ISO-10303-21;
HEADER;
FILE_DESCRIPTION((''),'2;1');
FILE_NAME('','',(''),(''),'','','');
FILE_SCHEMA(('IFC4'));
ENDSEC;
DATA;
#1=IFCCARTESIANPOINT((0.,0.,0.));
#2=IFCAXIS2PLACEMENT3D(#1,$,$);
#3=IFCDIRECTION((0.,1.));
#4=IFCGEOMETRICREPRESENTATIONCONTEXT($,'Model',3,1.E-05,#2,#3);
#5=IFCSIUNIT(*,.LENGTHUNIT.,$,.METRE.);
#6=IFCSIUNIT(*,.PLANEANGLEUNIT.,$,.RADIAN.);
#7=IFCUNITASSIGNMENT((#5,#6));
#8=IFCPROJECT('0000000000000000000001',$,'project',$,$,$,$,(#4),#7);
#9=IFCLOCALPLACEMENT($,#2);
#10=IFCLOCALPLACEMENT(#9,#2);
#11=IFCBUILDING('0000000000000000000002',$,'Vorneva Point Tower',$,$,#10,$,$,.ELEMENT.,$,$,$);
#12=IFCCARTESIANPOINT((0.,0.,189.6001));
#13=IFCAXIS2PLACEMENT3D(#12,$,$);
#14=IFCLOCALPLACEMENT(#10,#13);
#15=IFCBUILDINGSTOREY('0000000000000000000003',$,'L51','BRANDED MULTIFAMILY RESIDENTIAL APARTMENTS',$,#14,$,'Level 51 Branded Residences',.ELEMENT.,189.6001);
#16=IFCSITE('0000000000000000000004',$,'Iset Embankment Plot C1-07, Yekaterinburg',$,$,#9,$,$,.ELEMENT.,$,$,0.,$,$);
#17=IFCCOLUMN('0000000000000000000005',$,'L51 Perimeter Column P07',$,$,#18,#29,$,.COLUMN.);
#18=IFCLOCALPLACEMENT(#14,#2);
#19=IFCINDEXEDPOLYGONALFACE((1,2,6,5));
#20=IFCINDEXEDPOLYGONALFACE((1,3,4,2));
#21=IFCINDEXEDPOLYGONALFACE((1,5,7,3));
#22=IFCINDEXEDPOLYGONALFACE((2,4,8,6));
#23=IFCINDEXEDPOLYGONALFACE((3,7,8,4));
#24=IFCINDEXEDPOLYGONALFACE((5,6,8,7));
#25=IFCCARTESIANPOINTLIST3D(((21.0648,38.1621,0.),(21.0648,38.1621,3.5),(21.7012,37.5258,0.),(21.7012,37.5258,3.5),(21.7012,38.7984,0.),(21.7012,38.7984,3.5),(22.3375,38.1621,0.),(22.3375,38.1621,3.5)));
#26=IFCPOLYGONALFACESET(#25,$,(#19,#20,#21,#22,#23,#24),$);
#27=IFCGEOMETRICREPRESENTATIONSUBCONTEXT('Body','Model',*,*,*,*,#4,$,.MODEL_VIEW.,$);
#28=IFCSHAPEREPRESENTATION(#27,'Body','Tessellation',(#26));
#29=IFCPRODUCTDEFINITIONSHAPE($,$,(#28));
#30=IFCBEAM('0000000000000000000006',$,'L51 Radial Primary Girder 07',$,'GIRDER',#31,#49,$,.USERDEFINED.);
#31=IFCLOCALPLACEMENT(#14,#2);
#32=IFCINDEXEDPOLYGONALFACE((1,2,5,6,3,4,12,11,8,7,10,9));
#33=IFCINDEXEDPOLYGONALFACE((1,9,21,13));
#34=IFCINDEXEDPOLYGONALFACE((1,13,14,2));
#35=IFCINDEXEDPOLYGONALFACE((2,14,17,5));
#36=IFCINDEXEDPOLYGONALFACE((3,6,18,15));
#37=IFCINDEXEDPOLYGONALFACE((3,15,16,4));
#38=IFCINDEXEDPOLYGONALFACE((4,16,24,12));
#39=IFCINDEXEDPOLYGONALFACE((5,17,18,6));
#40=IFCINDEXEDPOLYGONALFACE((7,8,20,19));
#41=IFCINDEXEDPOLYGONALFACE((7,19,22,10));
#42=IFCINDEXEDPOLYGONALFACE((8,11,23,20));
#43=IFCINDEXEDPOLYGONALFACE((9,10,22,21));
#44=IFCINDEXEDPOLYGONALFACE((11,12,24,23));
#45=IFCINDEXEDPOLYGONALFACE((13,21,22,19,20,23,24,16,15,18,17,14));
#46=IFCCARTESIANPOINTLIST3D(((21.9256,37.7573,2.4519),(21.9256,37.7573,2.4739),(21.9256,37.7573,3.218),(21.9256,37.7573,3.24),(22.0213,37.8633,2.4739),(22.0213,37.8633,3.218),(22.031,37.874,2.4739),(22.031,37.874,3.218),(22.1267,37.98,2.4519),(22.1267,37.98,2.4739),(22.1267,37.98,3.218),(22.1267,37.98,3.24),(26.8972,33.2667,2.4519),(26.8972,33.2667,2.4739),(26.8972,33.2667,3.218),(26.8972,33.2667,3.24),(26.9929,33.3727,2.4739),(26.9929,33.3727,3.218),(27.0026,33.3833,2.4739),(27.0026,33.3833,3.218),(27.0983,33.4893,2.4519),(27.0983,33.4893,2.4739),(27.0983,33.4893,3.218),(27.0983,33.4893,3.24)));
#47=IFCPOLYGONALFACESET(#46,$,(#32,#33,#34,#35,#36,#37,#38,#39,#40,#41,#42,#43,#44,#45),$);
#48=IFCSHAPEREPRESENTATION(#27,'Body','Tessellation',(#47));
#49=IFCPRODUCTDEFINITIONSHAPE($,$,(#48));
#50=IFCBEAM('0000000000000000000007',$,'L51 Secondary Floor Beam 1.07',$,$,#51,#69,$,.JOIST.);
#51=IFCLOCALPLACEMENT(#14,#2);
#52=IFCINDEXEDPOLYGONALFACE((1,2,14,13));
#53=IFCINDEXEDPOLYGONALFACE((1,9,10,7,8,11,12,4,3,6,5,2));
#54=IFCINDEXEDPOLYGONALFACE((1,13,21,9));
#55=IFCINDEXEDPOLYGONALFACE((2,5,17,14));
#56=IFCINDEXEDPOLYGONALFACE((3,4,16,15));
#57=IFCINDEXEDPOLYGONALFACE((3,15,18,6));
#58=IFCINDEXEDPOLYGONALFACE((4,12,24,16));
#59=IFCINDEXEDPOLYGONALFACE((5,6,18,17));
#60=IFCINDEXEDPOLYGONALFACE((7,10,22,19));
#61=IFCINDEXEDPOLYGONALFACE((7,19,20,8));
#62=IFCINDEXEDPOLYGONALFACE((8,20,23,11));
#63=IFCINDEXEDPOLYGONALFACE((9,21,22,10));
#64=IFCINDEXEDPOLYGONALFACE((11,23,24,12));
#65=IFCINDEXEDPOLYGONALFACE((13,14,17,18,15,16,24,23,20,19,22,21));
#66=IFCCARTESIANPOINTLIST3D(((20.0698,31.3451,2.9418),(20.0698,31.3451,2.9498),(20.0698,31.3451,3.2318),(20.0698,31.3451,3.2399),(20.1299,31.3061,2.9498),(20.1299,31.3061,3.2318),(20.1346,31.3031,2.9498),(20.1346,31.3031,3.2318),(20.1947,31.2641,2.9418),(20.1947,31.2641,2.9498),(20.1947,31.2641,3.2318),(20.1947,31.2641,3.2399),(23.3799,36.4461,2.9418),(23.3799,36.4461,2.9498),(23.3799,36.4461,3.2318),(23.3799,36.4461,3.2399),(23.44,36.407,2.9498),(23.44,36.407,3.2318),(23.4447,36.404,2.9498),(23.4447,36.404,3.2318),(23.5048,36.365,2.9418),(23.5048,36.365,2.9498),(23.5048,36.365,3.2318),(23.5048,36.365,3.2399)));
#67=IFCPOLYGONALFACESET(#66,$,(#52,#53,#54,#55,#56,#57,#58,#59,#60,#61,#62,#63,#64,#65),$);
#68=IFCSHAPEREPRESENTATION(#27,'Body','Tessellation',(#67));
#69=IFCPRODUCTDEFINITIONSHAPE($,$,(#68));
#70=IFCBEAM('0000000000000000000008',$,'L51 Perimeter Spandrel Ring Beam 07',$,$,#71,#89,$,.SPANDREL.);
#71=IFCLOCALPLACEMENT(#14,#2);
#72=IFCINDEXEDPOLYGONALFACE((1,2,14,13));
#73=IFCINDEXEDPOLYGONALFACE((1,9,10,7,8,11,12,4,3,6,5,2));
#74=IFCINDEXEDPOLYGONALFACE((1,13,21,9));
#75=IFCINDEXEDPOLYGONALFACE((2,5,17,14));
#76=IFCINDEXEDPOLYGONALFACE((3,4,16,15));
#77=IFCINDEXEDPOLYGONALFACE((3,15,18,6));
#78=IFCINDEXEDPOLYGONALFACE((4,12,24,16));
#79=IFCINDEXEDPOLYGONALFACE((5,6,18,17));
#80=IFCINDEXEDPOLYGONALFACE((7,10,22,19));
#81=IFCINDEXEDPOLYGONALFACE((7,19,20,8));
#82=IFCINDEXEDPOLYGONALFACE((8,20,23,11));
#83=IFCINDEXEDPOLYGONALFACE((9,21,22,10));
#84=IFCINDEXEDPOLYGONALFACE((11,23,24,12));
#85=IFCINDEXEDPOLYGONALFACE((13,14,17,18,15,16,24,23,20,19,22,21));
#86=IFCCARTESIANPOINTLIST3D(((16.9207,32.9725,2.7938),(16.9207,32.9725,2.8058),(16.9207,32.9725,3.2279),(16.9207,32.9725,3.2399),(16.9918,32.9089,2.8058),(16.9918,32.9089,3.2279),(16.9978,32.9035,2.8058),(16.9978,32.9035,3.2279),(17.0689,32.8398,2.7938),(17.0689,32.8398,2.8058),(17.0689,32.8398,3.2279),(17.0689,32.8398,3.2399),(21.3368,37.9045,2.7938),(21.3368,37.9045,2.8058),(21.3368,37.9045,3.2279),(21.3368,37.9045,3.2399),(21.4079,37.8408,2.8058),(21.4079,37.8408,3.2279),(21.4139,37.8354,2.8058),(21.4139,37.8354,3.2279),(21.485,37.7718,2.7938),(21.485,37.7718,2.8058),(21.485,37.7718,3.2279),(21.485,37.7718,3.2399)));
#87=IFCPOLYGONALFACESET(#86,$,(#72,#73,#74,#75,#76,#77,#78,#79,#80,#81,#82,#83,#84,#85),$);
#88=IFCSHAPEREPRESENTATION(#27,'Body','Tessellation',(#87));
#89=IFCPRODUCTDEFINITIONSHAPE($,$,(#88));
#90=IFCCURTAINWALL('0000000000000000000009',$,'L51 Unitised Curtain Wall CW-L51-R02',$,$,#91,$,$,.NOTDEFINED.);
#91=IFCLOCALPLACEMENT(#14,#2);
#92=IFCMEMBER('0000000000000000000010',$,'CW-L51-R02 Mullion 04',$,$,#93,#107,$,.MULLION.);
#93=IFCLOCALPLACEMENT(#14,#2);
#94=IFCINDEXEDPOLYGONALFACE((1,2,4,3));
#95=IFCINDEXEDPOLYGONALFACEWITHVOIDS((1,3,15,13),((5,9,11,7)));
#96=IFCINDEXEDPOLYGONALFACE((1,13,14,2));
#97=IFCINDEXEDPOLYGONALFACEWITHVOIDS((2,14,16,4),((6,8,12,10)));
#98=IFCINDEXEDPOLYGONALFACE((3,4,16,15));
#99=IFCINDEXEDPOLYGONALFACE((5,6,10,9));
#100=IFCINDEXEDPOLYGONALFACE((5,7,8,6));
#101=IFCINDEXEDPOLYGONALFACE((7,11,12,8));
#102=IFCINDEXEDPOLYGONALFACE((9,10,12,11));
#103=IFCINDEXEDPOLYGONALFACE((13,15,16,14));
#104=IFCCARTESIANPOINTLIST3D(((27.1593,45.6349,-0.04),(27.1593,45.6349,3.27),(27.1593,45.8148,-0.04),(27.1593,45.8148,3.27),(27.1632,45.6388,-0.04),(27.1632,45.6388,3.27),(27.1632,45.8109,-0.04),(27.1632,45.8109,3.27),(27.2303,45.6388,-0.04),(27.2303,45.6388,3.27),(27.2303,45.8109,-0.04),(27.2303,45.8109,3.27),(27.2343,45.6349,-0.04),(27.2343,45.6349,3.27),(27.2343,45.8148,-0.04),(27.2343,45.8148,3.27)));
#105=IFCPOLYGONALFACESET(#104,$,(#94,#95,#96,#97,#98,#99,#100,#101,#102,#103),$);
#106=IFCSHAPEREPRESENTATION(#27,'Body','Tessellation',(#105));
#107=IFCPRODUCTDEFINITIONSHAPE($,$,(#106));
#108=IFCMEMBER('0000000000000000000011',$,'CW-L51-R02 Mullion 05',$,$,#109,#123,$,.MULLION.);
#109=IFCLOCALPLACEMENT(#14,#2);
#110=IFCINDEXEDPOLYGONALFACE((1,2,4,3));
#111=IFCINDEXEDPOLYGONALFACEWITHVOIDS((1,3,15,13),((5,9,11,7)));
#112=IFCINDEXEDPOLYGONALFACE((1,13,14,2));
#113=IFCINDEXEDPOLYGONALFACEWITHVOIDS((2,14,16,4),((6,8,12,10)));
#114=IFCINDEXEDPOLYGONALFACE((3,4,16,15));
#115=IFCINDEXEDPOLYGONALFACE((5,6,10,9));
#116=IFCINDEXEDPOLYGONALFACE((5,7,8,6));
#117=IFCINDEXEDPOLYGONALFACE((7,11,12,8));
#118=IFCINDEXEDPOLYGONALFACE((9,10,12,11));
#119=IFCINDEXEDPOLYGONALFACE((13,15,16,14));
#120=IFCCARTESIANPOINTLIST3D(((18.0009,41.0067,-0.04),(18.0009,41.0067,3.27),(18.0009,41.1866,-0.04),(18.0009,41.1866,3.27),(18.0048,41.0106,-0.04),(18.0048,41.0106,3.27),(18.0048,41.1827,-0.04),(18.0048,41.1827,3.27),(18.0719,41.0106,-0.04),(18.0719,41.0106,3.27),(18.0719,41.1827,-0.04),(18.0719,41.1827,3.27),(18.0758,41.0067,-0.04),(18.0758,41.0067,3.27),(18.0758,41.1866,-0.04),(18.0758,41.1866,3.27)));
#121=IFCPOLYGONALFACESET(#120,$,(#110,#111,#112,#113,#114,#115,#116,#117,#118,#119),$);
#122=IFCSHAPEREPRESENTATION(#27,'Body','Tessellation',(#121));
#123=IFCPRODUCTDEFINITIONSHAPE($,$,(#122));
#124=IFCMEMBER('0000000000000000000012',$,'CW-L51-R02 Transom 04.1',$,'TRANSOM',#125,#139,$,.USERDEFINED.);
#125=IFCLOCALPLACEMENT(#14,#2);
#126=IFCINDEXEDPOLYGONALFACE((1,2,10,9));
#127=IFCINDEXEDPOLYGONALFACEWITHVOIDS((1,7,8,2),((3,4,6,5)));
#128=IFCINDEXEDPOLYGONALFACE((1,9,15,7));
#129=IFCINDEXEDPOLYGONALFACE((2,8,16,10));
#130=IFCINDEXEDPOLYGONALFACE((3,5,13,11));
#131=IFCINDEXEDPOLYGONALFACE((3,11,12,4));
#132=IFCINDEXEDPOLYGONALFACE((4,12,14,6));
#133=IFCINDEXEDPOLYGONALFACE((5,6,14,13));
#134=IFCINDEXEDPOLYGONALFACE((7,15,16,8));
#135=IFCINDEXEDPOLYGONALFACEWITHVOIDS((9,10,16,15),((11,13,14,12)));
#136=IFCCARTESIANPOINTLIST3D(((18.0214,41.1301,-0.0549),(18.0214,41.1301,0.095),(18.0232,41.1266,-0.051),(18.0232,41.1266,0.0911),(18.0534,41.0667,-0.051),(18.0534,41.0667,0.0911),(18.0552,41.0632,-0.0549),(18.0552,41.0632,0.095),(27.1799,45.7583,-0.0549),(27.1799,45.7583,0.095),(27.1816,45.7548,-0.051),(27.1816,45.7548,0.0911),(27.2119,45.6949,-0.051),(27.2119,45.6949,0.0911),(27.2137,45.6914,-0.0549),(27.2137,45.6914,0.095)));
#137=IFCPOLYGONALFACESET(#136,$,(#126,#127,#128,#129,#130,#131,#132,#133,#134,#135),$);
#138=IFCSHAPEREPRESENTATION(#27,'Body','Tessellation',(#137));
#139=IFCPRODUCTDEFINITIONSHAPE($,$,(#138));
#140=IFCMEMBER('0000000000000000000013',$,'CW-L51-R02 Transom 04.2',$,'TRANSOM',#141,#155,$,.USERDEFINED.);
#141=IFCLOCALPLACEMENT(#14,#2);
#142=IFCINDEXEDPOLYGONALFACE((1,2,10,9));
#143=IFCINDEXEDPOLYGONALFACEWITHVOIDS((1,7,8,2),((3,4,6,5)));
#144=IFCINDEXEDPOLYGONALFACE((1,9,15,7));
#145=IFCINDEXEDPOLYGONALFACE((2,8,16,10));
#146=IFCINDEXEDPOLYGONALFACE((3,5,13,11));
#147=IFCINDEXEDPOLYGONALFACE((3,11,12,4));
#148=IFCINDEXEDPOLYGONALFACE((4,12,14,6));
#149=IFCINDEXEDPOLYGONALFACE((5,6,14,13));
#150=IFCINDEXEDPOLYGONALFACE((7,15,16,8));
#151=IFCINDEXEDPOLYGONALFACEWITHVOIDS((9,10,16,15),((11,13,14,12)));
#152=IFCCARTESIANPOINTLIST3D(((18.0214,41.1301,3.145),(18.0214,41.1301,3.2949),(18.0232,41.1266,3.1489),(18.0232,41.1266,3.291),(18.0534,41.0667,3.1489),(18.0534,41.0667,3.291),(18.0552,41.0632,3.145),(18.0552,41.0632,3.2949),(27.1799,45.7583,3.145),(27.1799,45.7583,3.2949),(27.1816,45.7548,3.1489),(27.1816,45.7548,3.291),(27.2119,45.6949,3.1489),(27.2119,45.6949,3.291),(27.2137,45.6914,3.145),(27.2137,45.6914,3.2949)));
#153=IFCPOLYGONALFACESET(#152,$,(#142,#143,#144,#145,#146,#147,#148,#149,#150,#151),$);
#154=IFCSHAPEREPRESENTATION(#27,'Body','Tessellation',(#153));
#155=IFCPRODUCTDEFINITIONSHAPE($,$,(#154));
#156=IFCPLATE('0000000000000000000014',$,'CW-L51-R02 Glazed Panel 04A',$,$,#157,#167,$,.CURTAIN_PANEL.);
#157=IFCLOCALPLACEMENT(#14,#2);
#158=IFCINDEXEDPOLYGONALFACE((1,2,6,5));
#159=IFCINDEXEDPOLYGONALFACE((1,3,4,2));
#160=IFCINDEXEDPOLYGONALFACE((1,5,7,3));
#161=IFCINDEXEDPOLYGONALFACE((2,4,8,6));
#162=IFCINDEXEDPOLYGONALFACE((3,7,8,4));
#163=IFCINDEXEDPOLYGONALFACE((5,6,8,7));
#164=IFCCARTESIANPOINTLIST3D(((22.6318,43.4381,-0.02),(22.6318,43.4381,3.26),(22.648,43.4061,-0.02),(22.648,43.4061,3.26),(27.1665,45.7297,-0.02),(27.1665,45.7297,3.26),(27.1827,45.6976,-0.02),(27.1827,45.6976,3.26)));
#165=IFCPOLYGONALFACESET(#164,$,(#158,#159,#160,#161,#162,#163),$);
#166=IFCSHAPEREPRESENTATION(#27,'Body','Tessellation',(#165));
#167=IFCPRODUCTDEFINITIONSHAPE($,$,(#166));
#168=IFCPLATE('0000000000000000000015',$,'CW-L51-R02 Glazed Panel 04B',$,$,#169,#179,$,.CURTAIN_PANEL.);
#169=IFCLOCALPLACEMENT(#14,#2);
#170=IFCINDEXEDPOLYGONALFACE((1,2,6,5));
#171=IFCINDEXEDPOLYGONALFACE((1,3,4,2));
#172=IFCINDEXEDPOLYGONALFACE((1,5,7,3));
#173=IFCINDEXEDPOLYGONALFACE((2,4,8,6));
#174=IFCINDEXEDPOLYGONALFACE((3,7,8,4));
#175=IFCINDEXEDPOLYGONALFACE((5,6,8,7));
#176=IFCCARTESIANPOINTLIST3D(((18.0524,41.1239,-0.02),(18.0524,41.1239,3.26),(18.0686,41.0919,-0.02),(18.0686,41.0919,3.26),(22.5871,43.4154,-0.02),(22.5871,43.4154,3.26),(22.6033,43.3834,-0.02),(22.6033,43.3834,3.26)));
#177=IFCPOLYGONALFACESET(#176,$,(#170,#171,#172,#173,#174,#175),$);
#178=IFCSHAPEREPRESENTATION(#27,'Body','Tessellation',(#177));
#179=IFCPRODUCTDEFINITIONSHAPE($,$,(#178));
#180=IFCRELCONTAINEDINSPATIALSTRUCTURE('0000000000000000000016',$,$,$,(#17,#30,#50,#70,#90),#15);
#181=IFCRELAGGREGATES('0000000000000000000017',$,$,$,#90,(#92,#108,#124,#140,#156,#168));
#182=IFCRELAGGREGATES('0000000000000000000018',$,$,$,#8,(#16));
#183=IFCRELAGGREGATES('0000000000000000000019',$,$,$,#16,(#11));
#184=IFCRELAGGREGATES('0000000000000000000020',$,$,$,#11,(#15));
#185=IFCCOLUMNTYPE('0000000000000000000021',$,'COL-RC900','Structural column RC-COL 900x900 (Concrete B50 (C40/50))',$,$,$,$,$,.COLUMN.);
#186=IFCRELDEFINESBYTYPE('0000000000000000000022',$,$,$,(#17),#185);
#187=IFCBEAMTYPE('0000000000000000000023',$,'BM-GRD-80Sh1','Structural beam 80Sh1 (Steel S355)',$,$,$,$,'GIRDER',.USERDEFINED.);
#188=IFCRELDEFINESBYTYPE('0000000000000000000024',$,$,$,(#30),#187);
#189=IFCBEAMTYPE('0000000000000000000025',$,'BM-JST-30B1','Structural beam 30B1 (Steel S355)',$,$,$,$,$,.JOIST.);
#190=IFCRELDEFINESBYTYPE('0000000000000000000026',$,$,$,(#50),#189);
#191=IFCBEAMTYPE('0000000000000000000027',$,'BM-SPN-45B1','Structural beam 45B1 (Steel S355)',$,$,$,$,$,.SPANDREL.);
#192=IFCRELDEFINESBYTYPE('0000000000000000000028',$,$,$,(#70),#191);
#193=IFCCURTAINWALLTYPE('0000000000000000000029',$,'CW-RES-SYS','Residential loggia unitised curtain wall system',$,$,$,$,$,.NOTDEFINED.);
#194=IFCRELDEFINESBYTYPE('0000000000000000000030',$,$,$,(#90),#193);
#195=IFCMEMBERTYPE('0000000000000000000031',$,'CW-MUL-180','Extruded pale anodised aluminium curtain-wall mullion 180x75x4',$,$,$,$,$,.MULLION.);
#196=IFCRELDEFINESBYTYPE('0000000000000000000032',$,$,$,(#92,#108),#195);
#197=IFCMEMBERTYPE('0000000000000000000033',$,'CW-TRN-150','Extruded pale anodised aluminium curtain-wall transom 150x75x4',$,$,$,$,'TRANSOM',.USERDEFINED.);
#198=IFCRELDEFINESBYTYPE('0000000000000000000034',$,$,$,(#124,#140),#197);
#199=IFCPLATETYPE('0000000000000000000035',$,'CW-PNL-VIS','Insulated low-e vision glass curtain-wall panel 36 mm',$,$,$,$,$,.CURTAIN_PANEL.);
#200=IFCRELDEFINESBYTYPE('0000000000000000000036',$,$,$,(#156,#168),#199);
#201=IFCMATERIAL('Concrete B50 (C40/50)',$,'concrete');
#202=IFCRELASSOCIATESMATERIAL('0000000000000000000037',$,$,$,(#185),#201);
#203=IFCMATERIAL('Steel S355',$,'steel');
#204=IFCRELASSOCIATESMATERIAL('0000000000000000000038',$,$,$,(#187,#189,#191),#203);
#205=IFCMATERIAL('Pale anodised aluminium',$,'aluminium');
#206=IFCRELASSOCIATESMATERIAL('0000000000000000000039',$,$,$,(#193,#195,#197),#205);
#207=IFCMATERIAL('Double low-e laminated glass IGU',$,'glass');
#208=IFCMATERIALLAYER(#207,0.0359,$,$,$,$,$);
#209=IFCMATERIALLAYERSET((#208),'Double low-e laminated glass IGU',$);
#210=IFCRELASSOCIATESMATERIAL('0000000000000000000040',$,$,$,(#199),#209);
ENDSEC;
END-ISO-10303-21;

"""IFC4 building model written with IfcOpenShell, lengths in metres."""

from ifc_helpers import new_model, si_unit, direction, frame, origin, origin_2d, place, context, subcontext, project, spatial, rectangle, hollow_rectangle, i_section, extrude, material, layer, layer_set, material_profile, profile_set, type_object, element, aggregate, save


model = new_model("IFC4")

# Units and contexts
model_context = context("Model", 3, precision=1e-05, world=origin(), true_north=direction((0.0, 1.0)))
body_context = subcontext(model_context, "Body", "Model", "MODEL_VIEW")
ifc_project = project(units=[si_unit("LENGTHUNIT", "METRE"), si_unit("PLANEANGLEUNIT", "RADIAN")], contexts=[model_context])

# Site, building, storey
site_placement = place(None, origin())
site = spatial("IfcSite", under=ifc_project, at=site_placement, Name="Iset Embankment Plot C1-07, Yekaterinburg", CompositionType="ELEMENT", RefElevation=0.0)
building_placement = place(site_placement, origin())
building = spatial("IfcBuilding", under=site, at=building_placement, Name="Vorneva Point Tower", CompositionType="ELEMENT")
storey_placement = place(building_placement, frame((0.0, 0.0, 189.6001)))
storey = spatial("IfcBuildingStorey", under=building, at=storey_placement, Name="L51", Description="BRANDED MULTIFAMILY RESIDENTIAL APARTMENTS", LongName="Level 51 Branded Residences", CompositionType="ELEMENT", Elevation=189.6001)

# Column
ifc_material_1 = material(Name="Concrete B50 (C40/50)", Category="concrete")
ifc_material_profile_1 = material_profile(ifc_material_1, rectangle(XDim=0.8999, YDim=0.8999, at=origin_2d()), Name="RC-COL 900x900")
ifc_profile_set_1 = profile_set([ifc_material_profile_1], Name="Concrete B50 (C40/50)")
column_type = type_object("IfcColumnType", Name="COL-RC900", Description="Structural column RC-COL 900x900 (Concrete B50 (C40/50))", PredefinedType="COLUMN", material=ifc_profile_set_1)
column_placement = place(storey_placement, frame((21.7012, 38.1621, 0.0), z_axis=(0.0, 0.0, 1.0), x_axis=(-0.707107, 0.707107, 0.0)))
element("IfcColumn", 1, at=column_placement, inside=storey, type_object=column_type, Name="L51 Perimeter Column P07", PredefinedType="COLUMN", context=body_context, shape_type="SweptSolid", body=[
    extrude(rectangle(XDim=0.8999, YDim=0.8999, at=origin_2d()), origin(), (0.0, 0.0, 1.0), 3.5),
])

# Beams
ifc_material_2 = material(Name="Steel S355", Category="steel")
ifc_material_profile_2 = material_profile(ifc_material_2, i_section(OverallWidth=0.3, OverallDepth=0.7881, WebThickness=0.0144, FlangeThickness=0.022, at=origin_2d()), Name="80Sh1")
ifc_profile_set_2 = profile_set([ifc_material_profile_2], Name="Steel S355")
beam_type_1 = type_object("IfcBeamType", Name="BM-GRD-80Sh1", Description="Structural beam 80Sh1 (Steel S355)", ElementType="GIRDER", PredefinedType="USERDEFINED", material=ifc_profile_set_2)
beam_1_placement = place(storey_placement, frame((22.0261, 37.8687, 2.8459), z_axis=(0.74209, -0.670301, 0.0), x_axis=(0.670301, 0.74209, 0.0)))
element("IfcBeam", 2, at=beam_1_placement, inside=storey, type_object=beam_type_1, Name="L51 Radial Primary Girder 07", ObjectType="GIRDER", PredefinedType="USERDEFINED", context=body_context, shape_type="SweptSolid", body=[
    extrude(i_section(OverallWidth=0.3, OverallDepth=0.7881, WebThickness=0.0144, FlangeThickness=0.022, at=origin_2d()), origin(), (0.0, 0.0, 1.0), 6.6995),
])
ifc_material_profile_3 = material_profile(ifc_material_2, i_section(OverallWidth=0.1489, OverallDepth=0.2981, WebThickness=0.0056, FlangeThickness=0.0081, at=origin_2d()), Name="30B1")
ifc_profile_set_3 = profile_set([ifc_material_profile_3], Name="Steel S355")
beam_type_2 = type_object("IfcBeamType", Name="BM-JST-30B1", Description="Structural beam 30B1 (Steel S355)", PredefinedType="JOIST", material=ifc_profile_set_3)
beam_2_placement = place(storey_placement, frame((23.4424, 36.4055, 3.0908), z_axis=(-0.544355, -0.838855, 0.0), x_axis=(0.838855, -0.544355, 0.0)))
element("IfcBeam", 3, at=beam_2_placement, inside=storey, type_object=beam_type_2, Name="L51 Secondary Floor Beam 1.07", PredefinedType="JOIST", context=body_context, shape_type="SweptSolid", body=[
    extrude(i_section(OverallWidth=0.1489, OverallDepth=0.2981, WebThickness=0.0056, FlangeThickness=0.0081, at=origin_2d()), origin(), (0.0, 0.0, 1.0), 6.0808),
])
ifc_material_profile_4 = material_profile(ifc_material_2, i_section(OverallWidth=0.199, OverallDepth=0.446, WebThickness=0.0081, FlangeThickness=0.012, at=origin_2d()), Name="45B1")
ifc_profile_set_4 = profile_set([ifc_material_profile_4], Name="Steel S355")
beam_type_3 = type_object("IfcBeamType", Name="BM-SPN-45B1", Description="Structural beam 45B1 (Steel S355)", PredefinedType="SPANDREL", material=ifc_profile_set_4)
beam_3_placement = place(storey_placement, frame((21.4109, 37.8381, 3.0168), z_axis=(-0.66707, -0.744995, 0.0), x_axis=(0.744995, -0.66707, 0.0)))
element("IfcBeam", 4, at=beam_3_placement, inside=storey, type_object=beam_type_3, Name="L51 Perimeter Spandrel Ring Beam 07", PredefinedType="SPANDREL", context=body_context, shape_type="SweptSolid", body=[
    extrude(i_section(OverallWidth=0.199, OverallDepth=0.446, WebThickness=0.0081, FlangeThickness=0.012, at=origin_2d()), origin(), (0.0, 0.0, 1.0), 6.6201),
])

# Curtain wall, members, plates
ifc_material_3 = material(Name="Pale anodised aluminium", Category="aluminium")
curtain_wall_type = type_object("IfcCurtainWallType", Name="CW-RES-SYS", Description="Residential loggia unitised curtain wall system", PredefinedType="NOTDEFINED", material=ifc_material_3)
curtain_wall_placement = place(storey_placement, origin())
curtain_wall = element("IfcCurtainWall", 5, at=curtain_wall_placement, inside=storey, type_object=curtain_wall_type, Name="L51 Unitised Curtain Wall CW-L51-R02", PredefinedType="NOTDEFINED")
ifc_material_profile_5 = material_profile(ifc_material_3, hollow_rectangle(XDim=0.075, YDim=0.1799, WallThickness=0.0039, at=origin_2d()), Name="AL-MUL 180x75x4")
ifc_profile_set_5 = profile_set([ifc_material_profile_5], Name="Pale anodised aluminium")
member_type_1 = type_object("IfcMemberType", Name="CW-MUL-180", Description="Extruded pale anodised aluminium curtain-wall mullion 180x75x4", PredefinedType="MULLION", material=ifc_profile_set_5)
member_1_placement = place(storey_placement, frame((27.1968, 45.7249, -0.04), z_axis=(0.0, 0.0, 1.0), x_axis=(1.0, 0.0, 0.0)))
member_1 = element("IfcMember", 6, at=member_1_placement, type_object=member_type_1, Name="CW-L51-R02 Mullion 04", PredefinedType="MULLION", context=body_context, shape_type="SweptSolid", body=[
    extrude(hollow_rectangle(XDim=0.075, YDim=0.1799, WallThickness=0.0039, at=origin_2d()), origin(), (0.0, 0.0, 1.0), 3.3101),
])
member_2_placement = place(storey_placement, frame((18.0383, 41.0967, -0.04), z_axis=(0.0, 0.0, 1.0), x_axis=(1.0, 0.0, 0.0)))
member_2 = element("IfcMember", 7, at=member_2_placement, type_object=member_type_1, Name="CW-L51-R02 Mullion 05", PredefinedType="MULLION", context=body_context, shape_type="SweptSolid", body=[
    extrude(hollow_rectangle(XDim=0.075, YDim=0.1799, WallThickness=0.0039, at=origin_2d()), origin(), (0.0, 0.0, 1.0), 3.3101),
])
ifc_material_profile_6 = material_profile(ifc_material_3, hollow_rectangle(XDim=0.075, YDim=0.1499, WallThickness=0.0039, at=origin_2d()), Name="AL-TRN 150x75x4")
ifc_profile_set_6 = profile_set([ifc_material_profile_6], Name="Pale anodised aluminium")
member_type_2 = type_object("IfcMemberType", Name="CW-TRN-150", Description="Extruded pale anodised aluminium curtain-wall transom 150x75x4", ElementType="TRANSOM", PredefinedType="USERDEFINED", material=ifc_profile_set_6)
member_3_placement = place(storey_placement, frame((27.1968, 45.7249, 0.02), z_axis=(-0.892511, -0.451026, 0.0), x_axis=(0.451026, -0.892511, 0.0)))
member_3 = element("IfcMember", 8, at=member_3_placement, type_object=member_type_2, Name="CW-L51-R02 Transom 04.1", ObjectType="TRANSOM", PredefinedType="USERDEFINED", context=body_context, shape_type="SweptSolid", body=[
    extrude(hollow_rectangle(XDim=0.075, YDim=0.1499, WallThickness=0.0039, at=origin_2d()), origin(), (0.0, 0.0, 1.0), 10.2615),
])
member_4_placement = place(storey_placement, frame((27.1968, 45.7249, 3.22), z_axis=(-0.892511, -0.451026, 0.0), x_axis=(0.451026, -0.892511, 0.0)))
member_4 = element("IfcMember", 9, at=member_4_placement, type_object=member_type_2, Name="CW-L51-R02 Transom 04.2", ObjectType="TRANSOM", PredefinedType="USERDEFINED", context=body_context, shape_type="SweptSolid", body=[
    extrude(hollow_rectangle(XDim=0.075, YDim=0.1499, WallThickness=0.0039, at=origin_2d()), origin(), (0.0, 0.0, 1.0), 10.2615),
])
ifc_material_4 = material(Name="Double low-e laminated glass IGU", Category="glass")
ifc_layer_1 = layer(ifc_material_4, 0.0359)
ifc_layer_set_1 = layer_set([ifc_layer_1], Name="Double low-e laminated glass IGU")
plate_type = type_object("IfcPlateType", Name="CW-PNL-VIS", Description="Insulated low-e vision glass curtain-wall panel 36 mm", PredefinedType="CURTAIN_PANEL", material=ifc_layer_set_1)
plate_1_placement = place(storey_placement, frame((24.9072, 44.5679, -0.02), z_axis=(0.0, 0.0, 1.0), x_axis=(-0.892515, -0.451018, 0.0)))
plate_1 = element("IfcPlate", 10, at=plate_1_placement, type_object=plate_type, Name="CW-L51-R02 Glazed Panel 04A", PredefinedType="CURTAIN_PANEL", context=body_context, shape_type="SweptSolid", body=[
    extrude(rectangle(XDim=5.0808, YDim=0.0359, at=origin_2d()), origin(), (0.0, 0.0, 1.0), 3.28),
])
plate_2_placement = place(storey_placement, frame((20.3279, 42.2537, -0.02), z_axis=(0.0, 0.0, 1.0), x_axis=(-0.892515, -0.451018, 0.0)))
plate_2 = element("IfcPlate", 11, at=plate_2_placement, type_object=plate_type, Name="CW-L51-R02 Glazed Panel 04B", PredefinedType="CURTAIN_PANEL", context=body_context, shape_type="SweptSolid", body=[
    extrude(rectangle(XDim=5.0808, YDim=0.0359, at=origin_2d()), origin(), (0.0, 0.0, 1.0), 3.28),
])
aggregate(curtain_wall, [member_1, member_2, member_3, member_4, plate_1, plate_2])

save(model, "model.ifc")
